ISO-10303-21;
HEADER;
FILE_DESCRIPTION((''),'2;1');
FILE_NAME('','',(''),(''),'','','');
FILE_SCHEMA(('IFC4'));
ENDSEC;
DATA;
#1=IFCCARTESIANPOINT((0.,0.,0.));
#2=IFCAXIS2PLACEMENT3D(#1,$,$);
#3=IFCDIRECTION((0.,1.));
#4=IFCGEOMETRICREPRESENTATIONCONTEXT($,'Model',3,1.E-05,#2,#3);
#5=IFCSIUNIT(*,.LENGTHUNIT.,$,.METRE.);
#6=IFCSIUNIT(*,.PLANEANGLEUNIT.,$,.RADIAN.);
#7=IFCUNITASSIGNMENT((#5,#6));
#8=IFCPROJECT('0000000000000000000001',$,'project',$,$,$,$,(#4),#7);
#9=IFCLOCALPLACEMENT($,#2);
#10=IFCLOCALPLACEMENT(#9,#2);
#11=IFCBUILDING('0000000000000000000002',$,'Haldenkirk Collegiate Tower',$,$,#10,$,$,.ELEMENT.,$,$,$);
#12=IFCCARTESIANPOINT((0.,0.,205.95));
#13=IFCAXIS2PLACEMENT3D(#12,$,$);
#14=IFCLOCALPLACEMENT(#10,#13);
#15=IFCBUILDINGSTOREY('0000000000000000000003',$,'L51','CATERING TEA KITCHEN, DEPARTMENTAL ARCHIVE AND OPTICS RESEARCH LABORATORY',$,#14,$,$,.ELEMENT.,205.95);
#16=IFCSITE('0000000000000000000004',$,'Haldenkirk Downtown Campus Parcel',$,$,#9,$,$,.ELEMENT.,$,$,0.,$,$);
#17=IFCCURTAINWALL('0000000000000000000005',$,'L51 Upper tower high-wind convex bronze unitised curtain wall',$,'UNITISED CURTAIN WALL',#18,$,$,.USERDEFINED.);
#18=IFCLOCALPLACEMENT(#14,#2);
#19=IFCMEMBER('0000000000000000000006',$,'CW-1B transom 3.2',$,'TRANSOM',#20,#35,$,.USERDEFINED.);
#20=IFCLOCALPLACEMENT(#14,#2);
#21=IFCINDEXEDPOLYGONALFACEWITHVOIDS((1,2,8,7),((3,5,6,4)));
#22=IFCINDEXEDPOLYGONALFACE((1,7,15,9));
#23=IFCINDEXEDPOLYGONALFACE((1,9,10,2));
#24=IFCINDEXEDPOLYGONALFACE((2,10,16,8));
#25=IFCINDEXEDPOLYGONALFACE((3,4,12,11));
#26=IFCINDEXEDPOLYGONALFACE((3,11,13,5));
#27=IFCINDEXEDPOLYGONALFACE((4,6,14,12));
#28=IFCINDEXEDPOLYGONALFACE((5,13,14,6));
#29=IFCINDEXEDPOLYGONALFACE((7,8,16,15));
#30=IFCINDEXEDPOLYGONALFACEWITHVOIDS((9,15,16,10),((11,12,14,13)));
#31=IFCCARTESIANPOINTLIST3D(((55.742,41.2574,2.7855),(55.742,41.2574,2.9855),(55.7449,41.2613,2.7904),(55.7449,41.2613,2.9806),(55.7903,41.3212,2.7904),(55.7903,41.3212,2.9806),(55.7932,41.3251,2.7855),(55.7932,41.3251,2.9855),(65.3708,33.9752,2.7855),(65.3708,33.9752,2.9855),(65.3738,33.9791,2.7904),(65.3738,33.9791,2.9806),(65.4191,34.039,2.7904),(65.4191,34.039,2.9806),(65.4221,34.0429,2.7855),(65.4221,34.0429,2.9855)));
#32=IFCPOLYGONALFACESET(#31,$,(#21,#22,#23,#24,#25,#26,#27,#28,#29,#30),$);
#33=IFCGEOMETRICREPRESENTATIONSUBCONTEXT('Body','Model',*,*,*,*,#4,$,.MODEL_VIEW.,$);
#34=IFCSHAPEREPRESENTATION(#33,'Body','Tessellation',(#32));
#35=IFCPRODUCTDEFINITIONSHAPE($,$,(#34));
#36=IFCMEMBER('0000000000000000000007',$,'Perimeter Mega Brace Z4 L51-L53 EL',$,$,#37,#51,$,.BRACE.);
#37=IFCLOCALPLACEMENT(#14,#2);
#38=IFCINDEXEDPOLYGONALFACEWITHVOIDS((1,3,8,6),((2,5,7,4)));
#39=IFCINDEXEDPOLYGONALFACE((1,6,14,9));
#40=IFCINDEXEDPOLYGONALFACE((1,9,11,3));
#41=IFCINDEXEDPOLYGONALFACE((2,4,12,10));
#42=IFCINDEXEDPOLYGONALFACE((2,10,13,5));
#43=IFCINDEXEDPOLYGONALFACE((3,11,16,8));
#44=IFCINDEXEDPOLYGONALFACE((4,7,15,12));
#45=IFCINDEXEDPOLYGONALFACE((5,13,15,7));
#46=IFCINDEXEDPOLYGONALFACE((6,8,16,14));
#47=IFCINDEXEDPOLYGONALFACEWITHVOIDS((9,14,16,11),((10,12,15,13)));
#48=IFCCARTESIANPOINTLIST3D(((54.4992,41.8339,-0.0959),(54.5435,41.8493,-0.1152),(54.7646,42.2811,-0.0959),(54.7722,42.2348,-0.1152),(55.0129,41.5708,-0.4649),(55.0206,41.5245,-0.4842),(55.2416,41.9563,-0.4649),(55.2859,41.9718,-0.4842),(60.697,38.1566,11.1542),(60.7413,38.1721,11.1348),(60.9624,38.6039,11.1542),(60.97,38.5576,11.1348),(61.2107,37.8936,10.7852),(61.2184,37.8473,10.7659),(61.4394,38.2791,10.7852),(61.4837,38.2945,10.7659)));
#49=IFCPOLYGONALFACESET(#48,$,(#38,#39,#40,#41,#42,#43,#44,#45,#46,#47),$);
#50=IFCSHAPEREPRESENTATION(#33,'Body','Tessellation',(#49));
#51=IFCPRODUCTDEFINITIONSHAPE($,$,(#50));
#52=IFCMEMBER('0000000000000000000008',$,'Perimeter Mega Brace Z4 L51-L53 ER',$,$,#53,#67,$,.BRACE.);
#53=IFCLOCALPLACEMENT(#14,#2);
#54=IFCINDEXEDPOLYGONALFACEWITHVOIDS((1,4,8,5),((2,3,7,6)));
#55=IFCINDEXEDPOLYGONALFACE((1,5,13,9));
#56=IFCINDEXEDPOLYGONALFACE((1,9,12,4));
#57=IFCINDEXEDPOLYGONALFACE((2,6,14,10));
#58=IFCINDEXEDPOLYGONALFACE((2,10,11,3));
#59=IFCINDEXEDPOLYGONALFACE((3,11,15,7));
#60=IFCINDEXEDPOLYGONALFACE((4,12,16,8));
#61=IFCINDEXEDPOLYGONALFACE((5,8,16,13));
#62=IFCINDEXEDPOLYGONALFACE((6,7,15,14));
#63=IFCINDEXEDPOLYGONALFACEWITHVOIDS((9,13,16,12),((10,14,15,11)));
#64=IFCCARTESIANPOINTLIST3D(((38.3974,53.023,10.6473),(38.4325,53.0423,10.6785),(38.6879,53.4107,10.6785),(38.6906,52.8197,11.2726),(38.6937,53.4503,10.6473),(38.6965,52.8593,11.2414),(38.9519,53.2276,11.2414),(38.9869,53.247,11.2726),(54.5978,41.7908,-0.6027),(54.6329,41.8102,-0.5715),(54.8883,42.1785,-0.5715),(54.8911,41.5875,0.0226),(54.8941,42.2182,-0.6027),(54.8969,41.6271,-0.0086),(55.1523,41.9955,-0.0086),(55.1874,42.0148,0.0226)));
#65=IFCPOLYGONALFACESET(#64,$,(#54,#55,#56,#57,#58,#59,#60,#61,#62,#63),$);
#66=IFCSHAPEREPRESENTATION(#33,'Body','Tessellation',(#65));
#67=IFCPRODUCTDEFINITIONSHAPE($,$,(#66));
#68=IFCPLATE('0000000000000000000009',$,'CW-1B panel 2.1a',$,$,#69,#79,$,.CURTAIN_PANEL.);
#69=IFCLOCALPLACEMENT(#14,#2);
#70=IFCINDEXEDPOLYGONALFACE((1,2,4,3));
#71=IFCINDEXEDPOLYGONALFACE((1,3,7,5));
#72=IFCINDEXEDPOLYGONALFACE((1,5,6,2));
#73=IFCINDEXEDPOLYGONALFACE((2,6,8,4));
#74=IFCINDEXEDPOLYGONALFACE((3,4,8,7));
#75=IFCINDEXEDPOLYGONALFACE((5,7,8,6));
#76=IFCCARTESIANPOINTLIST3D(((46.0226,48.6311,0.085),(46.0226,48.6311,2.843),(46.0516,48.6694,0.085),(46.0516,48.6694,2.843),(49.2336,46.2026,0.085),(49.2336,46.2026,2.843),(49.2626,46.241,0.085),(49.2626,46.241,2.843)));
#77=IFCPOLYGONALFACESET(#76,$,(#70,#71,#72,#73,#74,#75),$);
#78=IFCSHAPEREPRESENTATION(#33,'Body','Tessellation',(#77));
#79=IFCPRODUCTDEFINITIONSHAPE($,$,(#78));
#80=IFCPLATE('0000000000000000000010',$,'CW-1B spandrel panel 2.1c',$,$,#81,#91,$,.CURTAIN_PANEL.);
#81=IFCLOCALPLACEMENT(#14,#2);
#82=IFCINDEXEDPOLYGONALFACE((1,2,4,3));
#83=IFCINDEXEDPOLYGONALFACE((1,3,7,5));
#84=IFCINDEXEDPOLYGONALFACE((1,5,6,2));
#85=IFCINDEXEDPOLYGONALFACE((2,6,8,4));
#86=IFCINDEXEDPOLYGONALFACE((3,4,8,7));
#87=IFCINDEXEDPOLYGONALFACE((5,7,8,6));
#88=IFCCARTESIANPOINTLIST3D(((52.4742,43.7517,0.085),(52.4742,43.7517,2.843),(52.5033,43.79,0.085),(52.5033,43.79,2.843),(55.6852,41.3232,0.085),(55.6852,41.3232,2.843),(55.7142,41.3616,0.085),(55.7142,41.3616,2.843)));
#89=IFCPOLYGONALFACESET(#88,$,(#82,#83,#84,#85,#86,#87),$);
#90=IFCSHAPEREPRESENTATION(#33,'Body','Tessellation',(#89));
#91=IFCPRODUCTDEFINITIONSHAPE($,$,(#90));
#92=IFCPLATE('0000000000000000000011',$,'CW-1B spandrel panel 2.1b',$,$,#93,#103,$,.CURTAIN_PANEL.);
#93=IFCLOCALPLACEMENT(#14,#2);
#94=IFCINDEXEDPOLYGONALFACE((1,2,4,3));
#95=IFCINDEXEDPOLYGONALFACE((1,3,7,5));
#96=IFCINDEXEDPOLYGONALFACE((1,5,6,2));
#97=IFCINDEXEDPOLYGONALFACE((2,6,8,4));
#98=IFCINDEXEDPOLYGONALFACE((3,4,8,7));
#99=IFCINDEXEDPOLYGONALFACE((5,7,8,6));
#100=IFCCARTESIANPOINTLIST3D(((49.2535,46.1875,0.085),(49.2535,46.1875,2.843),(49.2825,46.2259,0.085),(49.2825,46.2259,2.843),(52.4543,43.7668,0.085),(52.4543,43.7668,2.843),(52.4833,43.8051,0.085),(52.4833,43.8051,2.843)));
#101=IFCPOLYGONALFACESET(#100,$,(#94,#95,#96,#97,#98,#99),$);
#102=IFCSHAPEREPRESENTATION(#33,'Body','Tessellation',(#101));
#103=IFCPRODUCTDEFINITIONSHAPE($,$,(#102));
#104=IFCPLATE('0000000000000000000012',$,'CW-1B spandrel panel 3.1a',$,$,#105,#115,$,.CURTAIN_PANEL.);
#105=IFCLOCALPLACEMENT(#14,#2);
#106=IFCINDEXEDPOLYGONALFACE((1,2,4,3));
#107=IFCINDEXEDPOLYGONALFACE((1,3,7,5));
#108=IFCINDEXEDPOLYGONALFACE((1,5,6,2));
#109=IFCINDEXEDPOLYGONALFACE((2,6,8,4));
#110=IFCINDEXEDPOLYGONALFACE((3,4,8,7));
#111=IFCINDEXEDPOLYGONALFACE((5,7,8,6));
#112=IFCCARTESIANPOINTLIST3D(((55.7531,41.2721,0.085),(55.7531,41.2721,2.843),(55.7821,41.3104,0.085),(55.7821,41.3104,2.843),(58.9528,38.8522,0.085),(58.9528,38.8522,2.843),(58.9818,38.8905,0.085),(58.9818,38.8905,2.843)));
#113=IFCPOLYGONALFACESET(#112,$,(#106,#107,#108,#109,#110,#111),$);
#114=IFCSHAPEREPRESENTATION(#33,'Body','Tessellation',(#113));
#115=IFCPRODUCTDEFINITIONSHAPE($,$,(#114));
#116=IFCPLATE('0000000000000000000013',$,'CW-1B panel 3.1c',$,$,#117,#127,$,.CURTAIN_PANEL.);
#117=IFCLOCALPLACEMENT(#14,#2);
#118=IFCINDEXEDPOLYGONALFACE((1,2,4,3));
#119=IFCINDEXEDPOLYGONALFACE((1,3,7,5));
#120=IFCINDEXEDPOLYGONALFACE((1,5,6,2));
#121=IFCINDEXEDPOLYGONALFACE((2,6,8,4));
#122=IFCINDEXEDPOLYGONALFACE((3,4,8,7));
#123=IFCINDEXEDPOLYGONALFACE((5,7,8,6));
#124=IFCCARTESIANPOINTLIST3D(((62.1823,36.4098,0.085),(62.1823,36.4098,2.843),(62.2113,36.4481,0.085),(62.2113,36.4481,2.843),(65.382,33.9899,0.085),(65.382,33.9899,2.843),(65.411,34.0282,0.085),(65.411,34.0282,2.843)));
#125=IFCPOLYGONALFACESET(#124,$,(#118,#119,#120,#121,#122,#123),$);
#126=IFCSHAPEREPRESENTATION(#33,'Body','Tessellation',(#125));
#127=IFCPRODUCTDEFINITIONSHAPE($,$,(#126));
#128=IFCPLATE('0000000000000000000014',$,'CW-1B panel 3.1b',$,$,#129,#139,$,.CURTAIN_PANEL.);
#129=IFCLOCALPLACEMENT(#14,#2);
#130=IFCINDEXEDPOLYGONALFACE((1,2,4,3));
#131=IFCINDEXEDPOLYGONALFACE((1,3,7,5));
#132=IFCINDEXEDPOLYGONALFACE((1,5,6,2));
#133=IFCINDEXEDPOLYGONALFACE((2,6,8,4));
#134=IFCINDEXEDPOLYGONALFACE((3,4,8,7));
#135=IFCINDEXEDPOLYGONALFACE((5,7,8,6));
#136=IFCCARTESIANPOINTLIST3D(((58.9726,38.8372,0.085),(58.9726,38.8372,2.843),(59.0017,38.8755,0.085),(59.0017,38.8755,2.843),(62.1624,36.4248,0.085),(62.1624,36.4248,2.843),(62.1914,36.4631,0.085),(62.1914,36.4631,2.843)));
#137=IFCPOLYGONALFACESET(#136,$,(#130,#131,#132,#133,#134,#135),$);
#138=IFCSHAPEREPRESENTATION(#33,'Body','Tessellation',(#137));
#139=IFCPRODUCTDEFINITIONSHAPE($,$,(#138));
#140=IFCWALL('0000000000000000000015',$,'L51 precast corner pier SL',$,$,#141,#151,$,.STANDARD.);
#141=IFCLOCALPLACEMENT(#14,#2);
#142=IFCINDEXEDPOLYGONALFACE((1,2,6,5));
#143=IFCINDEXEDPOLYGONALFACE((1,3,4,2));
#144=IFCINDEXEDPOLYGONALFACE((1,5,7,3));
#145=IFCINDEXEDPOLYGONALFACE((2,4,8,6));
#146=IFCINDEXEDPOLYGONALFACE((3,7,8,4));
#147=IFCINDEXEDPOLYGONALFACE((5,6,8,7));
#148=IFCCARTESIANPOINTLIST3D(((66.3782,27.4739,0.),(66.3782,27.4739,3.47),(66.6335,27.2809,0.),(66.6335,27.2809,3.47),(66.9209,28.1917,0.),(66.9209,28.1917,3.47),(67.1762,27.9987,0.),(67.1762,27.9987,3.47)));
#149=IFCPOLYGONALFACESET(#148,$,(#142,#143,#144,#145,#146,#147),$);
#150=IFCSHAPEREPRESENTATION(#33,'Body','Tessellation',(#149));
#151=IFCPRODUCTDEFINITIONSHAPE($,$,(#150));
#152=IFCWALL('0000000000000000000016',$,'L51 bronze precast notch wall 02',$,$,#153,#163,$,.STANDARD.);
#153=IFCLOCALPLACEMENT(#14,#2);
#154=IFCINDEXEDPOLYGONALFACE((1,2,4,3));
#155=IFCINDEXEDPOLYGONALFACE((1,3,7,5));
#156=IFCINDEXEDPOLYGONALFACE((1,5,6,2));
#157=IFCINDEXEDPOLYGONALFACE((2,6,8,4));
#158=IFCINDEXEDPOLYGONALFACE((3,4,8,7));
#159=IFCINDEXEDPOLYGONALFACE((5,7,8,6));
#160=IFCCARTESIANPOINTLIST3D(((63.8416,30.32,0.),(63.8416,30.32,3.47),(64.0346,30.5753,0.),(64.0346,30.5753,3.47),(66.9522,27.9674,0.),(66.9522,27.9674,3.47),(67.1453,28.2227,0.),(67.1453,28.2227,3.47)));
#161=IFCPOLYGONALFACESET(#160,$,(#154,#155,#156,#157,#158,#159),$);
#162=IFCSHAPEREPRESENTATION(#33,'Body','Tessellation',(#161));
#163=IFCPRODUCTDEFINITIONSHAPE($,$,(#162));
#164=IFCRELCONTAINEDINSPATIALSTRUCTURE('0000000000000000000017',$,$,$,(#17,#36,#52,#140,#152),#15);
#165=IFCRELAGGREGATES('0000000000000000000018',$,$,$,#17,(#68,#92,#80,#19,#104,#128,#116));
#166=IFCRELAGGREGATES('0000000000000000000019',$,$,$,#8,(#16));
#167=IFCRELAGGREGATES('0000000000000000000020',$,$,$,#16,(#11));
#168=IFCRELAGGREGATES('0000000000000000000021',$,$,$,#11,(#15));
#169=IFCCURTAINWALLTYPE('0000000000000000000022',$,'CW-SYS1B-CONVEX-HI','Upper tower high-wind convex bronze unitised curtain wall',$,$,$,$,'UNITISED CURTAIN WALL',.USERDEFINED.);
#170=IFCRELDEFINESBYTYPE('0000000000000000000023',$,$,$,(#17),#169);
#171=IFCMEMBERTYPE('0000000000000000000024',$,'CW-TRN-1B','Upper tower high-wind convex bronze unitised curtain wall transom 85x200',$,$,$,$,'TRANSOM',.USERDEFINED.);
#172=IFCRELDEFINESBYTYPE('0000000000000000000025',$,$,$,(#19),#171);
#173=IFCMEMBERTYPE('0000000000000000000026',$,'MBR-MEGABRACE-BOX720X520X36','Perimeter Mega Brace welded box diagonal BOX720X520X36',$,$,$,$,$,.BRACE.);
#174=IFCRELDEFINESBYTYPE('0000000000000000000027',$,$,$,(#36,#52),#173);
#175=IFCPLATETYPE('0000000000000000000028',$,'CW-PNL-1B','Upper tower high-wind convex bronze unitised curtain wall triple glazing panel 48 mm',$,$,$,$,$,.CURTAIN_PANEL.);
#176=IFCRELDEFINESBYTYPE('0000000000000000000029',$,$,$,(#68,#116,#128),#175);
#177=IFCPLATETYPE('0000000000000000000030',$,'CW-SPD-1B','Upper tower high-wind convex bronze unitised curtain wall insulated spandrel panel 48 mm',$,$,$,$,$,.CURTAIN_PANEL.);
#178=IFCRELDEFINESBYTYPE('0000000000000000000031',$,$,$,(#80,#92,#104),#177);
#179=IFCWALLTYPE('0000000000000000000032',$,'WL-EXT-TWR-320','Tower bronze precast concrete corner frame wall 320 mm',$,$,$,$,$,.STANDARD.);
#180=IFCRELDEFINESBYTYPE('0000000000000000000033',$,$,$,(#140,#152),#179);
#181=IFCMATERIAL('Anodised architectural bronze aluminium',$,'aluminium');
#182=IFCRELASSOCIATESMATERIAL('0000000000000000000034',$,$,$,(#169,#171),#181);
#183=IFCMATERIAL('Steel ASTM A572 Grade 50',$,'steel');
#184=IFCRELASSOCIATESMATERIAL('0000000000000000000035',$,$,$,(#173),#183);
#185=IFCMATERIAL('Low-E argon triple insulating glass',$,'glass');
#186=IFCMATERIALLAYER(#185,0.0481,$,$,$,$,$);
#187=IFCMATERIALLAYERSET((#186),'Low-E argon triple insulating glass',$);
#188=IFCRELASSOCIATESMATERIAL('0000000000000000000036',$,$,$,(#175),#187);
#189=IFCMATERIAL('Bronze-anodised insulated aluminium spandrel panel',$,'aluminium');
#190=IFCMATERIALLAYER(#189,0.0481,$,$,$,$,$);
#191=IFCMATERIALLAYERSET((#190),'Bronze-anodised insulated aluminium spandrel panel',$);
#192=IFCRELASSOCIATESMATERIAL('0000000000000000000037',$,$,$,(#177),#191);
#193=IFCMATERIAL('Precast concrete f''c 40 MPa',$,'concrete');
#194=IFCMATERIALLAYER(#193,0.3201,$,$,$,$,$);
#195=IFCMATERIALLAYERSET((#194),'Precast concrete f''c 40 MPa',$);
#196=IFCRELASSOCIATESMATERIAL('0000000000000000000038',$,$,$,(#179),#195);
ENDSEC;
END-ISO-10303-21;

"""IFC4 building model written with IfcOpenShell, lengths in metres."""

from ifc_helpers import new_model, si_unit, direction, frame, frame_2d, origin, origin_2d, place, context, subcontext, project, spatial, rectangle, hollow_rectangle, extrude, source, transform, mapped, material, layer, layer_set, material_profile, profile_set, type_object, element, aggregate, save


model = new_model("IFC4")

# Units and contexts
model_context = context("Model", 3, precision=1e-05, world=origin(), true_north=direction((0.0, 1.0)))
body_context = subcontext(model_context, "Body", "Model", "MODEL_VIEW")
ifc_project = project(units=[si_unit("LENGTHUNIT", "METRE"), si_unit("PLANEANGLEUNIT", "RADIAN")], contexts=[model_context])

# Site, building, storey
site_placement = place(None, origin())
site = spatial("IfcSite", under=ifc_project, at=site_placement, Name="Haldenkirk Downtown Campus Parcel", CompositionType="ELEMENT", RefElevation=0.0)
building_placement = place(site_placement, origin())
building = spatial("IfcBuilding", under=site, at=building_placement, Name="Haldenkirk Collegiate Tower", CompositionType="ELEMENT")
storey_placement = place(building_placement, frame((0.0, 0.0, 205.95)))
storey = spatial("IfcBuildingStorey", under=building, at=storey_placement, Name="L51", Description="CATERING TEA KITCHEN, DEPARTMENTAL ARCHIVE AND OPTICS RESEARCH LABORATORY", CompositionType="ELEMENT", Elevation=205.95)

# Shared definitions
ifc_material_1 = material(Name="Steel ASTM A572 Grade 50", Category="steel")

# Shared definitions
ifc_material_2 = material(Name="Anodised architectural bronze aluminium", Category="aluminium")

# Curtain wall
curtain_wall_type_1 = type_object("IfcCurtainWallType", Name="CW-SYS1B-CONVEX-HI", Description="Upper tower high-wind convex bronze unitised curtain wall", ElementType="UNITISED CURTAIN WALL", PredefinedType="USERDEFINED", material=ifc_material_2)
curtain_wall_1_placement = place(storey_placement, origin())
curtain_wall_1 = element("IfcCurtainWall", 1, at=curtain_wall_1_placement, inside=storey, type_object=curtain_wall_type_1, Name="L51 Upper tower high-wind convex bronze unitised curtain wall", ObjectType="UNITISED CURTAIN WALL", PredefinedType="USERDEFINED")

# Member
ifc_material_profile_1 = material_profile(ifc_material_2, hollow_rectangle(XDim=0.085, YDim=0.2, WallThickness=0.0049, at=origin_2d()), Name="CW-TRN-1B")
ifc_profile_set_1 = profile_set([ifc_material_profile_1], Name="Anodised architectural bronze aluminium")
member_type_1 = type_object("IfcMemberType", Name="CW-TRN-1B", Description="Upper tower high-wind convex bronze unitised curtain wall transom 85x200", ElementType="TRANSOM", PredefinedType="USERDEFINED", material=ifc_profile_set_1)
member_1_placement = place(storey_placement, frame((55.7676, 41.2913, 2.8855), z_axis=(0.797586, -0.603205, 0.0), x_axis=(0.603205, 0.797586, 0.0)))
member_1 = element("IfcMember", 2, at=member_1_placement, type_object=member_type_1, Name="CW-1B transom 3.2", ObjectType="TRANSOM", PredefinedType="USERDEFINED", context=body_context, shape_type="SweptSolid", body=[
    extrude(hollow_rectangle(XDim=0.085, YDim=0.2, WallThickness=0.0049, at=origin_2d()), origin(), (0.0, 0.0, 1.0), 12.0725),
])

# Members
ifc_material_profile_2 = material_profile(ifc_material_1, hollow_rectangle(XDim=0.52, YDim=0.72, WallThickness=0.0359, at=origin_2d()), Name="BOX720X520X36")
ifc_profile_set_2 = profile_set([ifc_material_profile_2], Name="Steel ASTM A572 Grade 50")
member_type_2 = type_object("IfcMemberType", Name="MBR-MEGABRACE-BOX720X520X36", Description="Perimeter Mega Brace welded box diagonal BOX720X520X36", PredefinedType="BRACE", material=ifc_profile_set_2)
member_2_placement = place(storey_placement, frame((54.8926, 41.9028, -0.29), z_axis=(0.463894, -0.275237, 0.842049), x_axis=(0.510265, 0.860017, 0.0)))
element("IfcMember", 3, at=member_2_placement, inside=storey, type_object=member_type_2, Name="Perimeter Mega Brace Z4 L51-L53 EL", PredefinedType="BRACE", context=body_context, shape_type="SweptSolid", body=[
    extrude(hollow_rectangle(XDim=0.52, YDim=0.72, WallThickness=0.0359, at=origin_2d()), origin(), (0.0, 0.0, 1.0), 13.3604),
])
member_3_placement = place(storey_placement, frame((54.8926, 41.9028, -0.29), z_axis=(-0.713753, 0.494863, 0.495648), x_axis=(-0.569775, -0.821801, 0.0)))
element("IfcMember", 4, at=member_3_placement, inside=storey, type_object=member_type_2, Name="Perimeter Mega Brace Z4 L51-L53 ER", PredefinedType="BRACE", context=body_context, shape_type="SweptSolid", body=[
    extrude(hollow_rectangle(XDim=0.52, YDim=0.72, WallThickness=0.0359, at=origin_2d()), origin(), (0.0, 0.0, 1.0), 22.6975),
])

# Plates
ifc_material_3 = material(Name="Low-E argon triple insulating glass", Category="glass")
ifc_layer_1 = layer(ifc_material_3, 0.0481)
ifc_layer_set_1 = layer_set([ifc_layer_1], Name="Low-E argon triple insulating glass")
plate_type_1 = type_object("IfcPlateType", Name="CW-PNL-1B", Description="Upper tower high-wind convex bronze unitised curtain wall triple glazing panel 48 mm", PredefinedType="CURTAIN_PANEL", material=ifc_layer_set_1)
shared_shape_1 = source(origin(), body_context, "Body", "SweptSolid", [
    extrude(rectangle(XDim=4.0259, YDim=0.0481, at=origin_2d()), origin(), (0.0, 0.0, 1.0), 2.7581),
])
plate_1_placement = place(storey_placement, frame((47.6426, 47.436, 0.085), z_axis=(0.0, 0.0, 1.0), x_axis=(0.797584, -0.603207, 0.0)))
plate_1 = element("IfcPlate", 5, at=plate_1_placement, type_object=plate_type_1, Name="CW-1B panel 2.1a", PredefinedType="CURTAIN_PANEL", context=body_context, shape_type="MappedRepresentation", body=[
    mapped(shared_shape_1, transform((0.0, 0.0, 0.0), x_axis=(1.0, 0.0, 0.0), y_axis=(0.0, 1.0, 0.0), z_axis=(0.0, 0.0, 1.0), scale=1.0)),
])
ifc_material_4 = material(Name="Bronze-anodised insulated aluminium spandrel panel", Category="aluminium")
ifc_layer_2 = layer(ifc_material_4, 0.0481)
ifc_layer_set_2 = layer_set([ifc_layer_2], Name="Bronze-anodised insulated aluminium spandrel panel")
plate_type_2 = type_object("IfcPlateType", Name="CW-SPD-1B", Description="Upper tower high-wind convex bronze unitised curtain wall insulated spandrel panel 48 mm", PredefinedType="CURTAIN_PANEL", material=ifc_layer_set_2)
plate_2_placement = place(storey_placement, frame((54.0942, 42.5566, 0.085), z_axis=(0.0, 0.0, 1.0), x_axis=(0.797584, -0.603207, 0.0)))
plate_2 = element("IfcPlate", 6, at=plate_2_placement, type_object=plate_type_2, Name="CW-1B spandrel panel 2.1c", PredefinedType="CURTAIN_PANEL", context=body_context, shape_type="MappedRepresentation", body=[
    mapped(shared_shape_1, transform((0.0, 0.0, 0.0), x_axis=(1.0, 0.0, 0.0), y_axis=(0.0, 1.0, 0.0), z_axis=(0.0, 0.0, 1.0), scale=1.0)),
])
shared_shape_2 = source(origin(), body_context, "Body", "SweptSolid", [
    extrude(rectangle(XDim=4.0132, YDim=0.0481, at=origin_2d()), origin(), (0.0, 0.0, 1.0), 2.7581),
])
plate_3_placement = place(storey_placement, frame((50.8684, 44.9963, 0.085), z_axis=(0.0, 0.0, 1.0), x_axis=(0.797584, -0.603207, 0.0)))
plate_3 = element("IfcPlate", 7, at=plate_3_placement, type_object=plate_type_2, Name="CW-1B spandrel panel 2.1b", PredefinedType="CURTAIN_PANEL", context=body_context, shape_type="MappedRepresentation", body=[
    mapped(shared_shape_2, transform((0.0, 0.0, 0.0), x_axis=(1.0, 0.0, 0.0), y_axis=(0.0, 1.0, 0.0), z_axis=(0.0, 0.0, 1.0), scale=1.0)),
])
shared_shape_3 = source(origin(), body_context, "Body", "SweptSolid", [
    extrude(rectangle(XDim=4.0117, YDim=0.0481, at=origin_2d()), origin(), (0.0, 0.0, 1.0), 2.7581),
])
plate_4_placement = place(storey_placement, frame((57.3674, 40.0813, 0.085), z_axis=(0.0, 0.0, 1.0), x_axis=(0.797584, -0.603207, 0.0)))
plate_4 = element("IfcPlate", 8, at=plate_4_placement, type_object=plate_type_2, Name="CW-1B spandrel panel 3.1a", PredefinedType="CURTAIN_PANEL", context=body_context, shape_type="MappedRepresentation", body=[
    mapped(shared_shape_3, transform((0.0, 0.0, 0.0), x_axis=(1.0, 0.0, 0.0), y_axis=(0.0, 1.0, 0.0), z_axis=(0.0, 0.0, 1.0), scale=1.0)),
])
plate_5_placement = place(storey_placement, frame((63.7966, 35.219, 0.085), z_axis=(0.0, 0.0, 1.0), x_axis=(0.797584, -0.603207, 0.0)))
plate_5 = element("IfcPlate", 9, at=plate_5_placement, type_object=plate_type_1, Name="CW-1B panel 3.1c", PredefinedType="CURTAIN_PANEL", context=body_context, shape_type="MappedRepresentation", body=[
    mapped(shared_shape_3, transform((0.0, 0.0, 0.0), x_axis=(1.0, 0.0, 0.0), y_axis=(0.0, 1.0, 0.0), z_axis=(0.0, 0.0, 1.0), scale=1.0)),
])
shared_shape_4 = source(origin(), body_context, "Body", "SweptSolid", [
    extrude(rectangle(XDim=3.9993, YDim=0.0481, at=origin_2d()), origin(), (0.0, 0.0, 1.0), 2.7581),
])
plate_6_placement = place(storey_placement, frame((60.582, 37.6501, 0.085), z_axis=(0.0, 0.0, 1.0), x_axis=(0.797584, -0.603207, 0.0)))
plate_6 = element("IfcPlate", 10, at=plate_6_placement, type_object=plate_type_1, Name="CW-1B panel 3.1b", PredefinedType="CURTAIN_PANEL", context=body_context, shape_type="MappedRepresentation", body=[
    mapped(shared_shape_4, transform((0.0, 0.0, 0.0), x_axis=(1.0, 0.0, 0.0), y_axis=(0.0, 1.0, 0.0), z_axis=(0.0, 0.0, 1.0), scale=1.0)),
])
aggregate(curtain_wall_1, [plate_1, plate_3, plate_2, member_1, plate_4, plate_6, plate_5])

# Walls
ifc_material_5 = material(Name="Precast concrete f'c 40 MPa", Category="concrete")
ifc_layer_3 = layer(ifc_material_5, 0.3201)
ifc_layer_set_3 = layer_set([ifc_layer_3], Name="Precast concrete f'c 40 MPa")
wall_type_1 = type_object("IfcWallType", Name="WL-EXT-TWR-320", Description="Tower bronze precast concrete corner frame wall 320 mm", PredefinedType="STANDARD", material=ifc_layer_set_3)
wall_1_placement = place(storey_placement, frame((67.0486, 28.0952, 0.0), z_axis=(0.0, 0.0, 1.0), x_axis=(-0.603121, -0.79765, 0.0)))
element("IfcWall", 11, at=wall_1_placement, inside=storey, type_object=wall_type_1, Name="L51 precast corner pier SL", PredefinedType="STANDARD", context=body_context, shape_type="SweptSolid", body=[
    extrude(rectangle(XDim=0.8999, YDim=0.3201, at=frame_2d((0.45, 0.0))), origin(), (0.0, 0.0, 1.0), 3.47),
])
wall_2_placement = place(storey_placement, frame((63.938, 30.4478, 0.0), z_axis=(0.0, 0.0, 1.0), x_axis=(0.797582, -0.60321, 0.0)))
element("IfcWall", 12, at=wall_2_placement, inside=storey, type_object=wall_type_1, Name="L51 bronze precast notch wall 02", PredefinedType="STANDARD", context=body_context, shape_type="SweptSolid", body=[
    extrude(rectangle(XDim=3.9001, YDim=0.3201, at=frame_2d((1.9502, 0.0))), origin(), (0.0, 0.0, 1.0), 3.47),
])

save(model, "model.ifc")
